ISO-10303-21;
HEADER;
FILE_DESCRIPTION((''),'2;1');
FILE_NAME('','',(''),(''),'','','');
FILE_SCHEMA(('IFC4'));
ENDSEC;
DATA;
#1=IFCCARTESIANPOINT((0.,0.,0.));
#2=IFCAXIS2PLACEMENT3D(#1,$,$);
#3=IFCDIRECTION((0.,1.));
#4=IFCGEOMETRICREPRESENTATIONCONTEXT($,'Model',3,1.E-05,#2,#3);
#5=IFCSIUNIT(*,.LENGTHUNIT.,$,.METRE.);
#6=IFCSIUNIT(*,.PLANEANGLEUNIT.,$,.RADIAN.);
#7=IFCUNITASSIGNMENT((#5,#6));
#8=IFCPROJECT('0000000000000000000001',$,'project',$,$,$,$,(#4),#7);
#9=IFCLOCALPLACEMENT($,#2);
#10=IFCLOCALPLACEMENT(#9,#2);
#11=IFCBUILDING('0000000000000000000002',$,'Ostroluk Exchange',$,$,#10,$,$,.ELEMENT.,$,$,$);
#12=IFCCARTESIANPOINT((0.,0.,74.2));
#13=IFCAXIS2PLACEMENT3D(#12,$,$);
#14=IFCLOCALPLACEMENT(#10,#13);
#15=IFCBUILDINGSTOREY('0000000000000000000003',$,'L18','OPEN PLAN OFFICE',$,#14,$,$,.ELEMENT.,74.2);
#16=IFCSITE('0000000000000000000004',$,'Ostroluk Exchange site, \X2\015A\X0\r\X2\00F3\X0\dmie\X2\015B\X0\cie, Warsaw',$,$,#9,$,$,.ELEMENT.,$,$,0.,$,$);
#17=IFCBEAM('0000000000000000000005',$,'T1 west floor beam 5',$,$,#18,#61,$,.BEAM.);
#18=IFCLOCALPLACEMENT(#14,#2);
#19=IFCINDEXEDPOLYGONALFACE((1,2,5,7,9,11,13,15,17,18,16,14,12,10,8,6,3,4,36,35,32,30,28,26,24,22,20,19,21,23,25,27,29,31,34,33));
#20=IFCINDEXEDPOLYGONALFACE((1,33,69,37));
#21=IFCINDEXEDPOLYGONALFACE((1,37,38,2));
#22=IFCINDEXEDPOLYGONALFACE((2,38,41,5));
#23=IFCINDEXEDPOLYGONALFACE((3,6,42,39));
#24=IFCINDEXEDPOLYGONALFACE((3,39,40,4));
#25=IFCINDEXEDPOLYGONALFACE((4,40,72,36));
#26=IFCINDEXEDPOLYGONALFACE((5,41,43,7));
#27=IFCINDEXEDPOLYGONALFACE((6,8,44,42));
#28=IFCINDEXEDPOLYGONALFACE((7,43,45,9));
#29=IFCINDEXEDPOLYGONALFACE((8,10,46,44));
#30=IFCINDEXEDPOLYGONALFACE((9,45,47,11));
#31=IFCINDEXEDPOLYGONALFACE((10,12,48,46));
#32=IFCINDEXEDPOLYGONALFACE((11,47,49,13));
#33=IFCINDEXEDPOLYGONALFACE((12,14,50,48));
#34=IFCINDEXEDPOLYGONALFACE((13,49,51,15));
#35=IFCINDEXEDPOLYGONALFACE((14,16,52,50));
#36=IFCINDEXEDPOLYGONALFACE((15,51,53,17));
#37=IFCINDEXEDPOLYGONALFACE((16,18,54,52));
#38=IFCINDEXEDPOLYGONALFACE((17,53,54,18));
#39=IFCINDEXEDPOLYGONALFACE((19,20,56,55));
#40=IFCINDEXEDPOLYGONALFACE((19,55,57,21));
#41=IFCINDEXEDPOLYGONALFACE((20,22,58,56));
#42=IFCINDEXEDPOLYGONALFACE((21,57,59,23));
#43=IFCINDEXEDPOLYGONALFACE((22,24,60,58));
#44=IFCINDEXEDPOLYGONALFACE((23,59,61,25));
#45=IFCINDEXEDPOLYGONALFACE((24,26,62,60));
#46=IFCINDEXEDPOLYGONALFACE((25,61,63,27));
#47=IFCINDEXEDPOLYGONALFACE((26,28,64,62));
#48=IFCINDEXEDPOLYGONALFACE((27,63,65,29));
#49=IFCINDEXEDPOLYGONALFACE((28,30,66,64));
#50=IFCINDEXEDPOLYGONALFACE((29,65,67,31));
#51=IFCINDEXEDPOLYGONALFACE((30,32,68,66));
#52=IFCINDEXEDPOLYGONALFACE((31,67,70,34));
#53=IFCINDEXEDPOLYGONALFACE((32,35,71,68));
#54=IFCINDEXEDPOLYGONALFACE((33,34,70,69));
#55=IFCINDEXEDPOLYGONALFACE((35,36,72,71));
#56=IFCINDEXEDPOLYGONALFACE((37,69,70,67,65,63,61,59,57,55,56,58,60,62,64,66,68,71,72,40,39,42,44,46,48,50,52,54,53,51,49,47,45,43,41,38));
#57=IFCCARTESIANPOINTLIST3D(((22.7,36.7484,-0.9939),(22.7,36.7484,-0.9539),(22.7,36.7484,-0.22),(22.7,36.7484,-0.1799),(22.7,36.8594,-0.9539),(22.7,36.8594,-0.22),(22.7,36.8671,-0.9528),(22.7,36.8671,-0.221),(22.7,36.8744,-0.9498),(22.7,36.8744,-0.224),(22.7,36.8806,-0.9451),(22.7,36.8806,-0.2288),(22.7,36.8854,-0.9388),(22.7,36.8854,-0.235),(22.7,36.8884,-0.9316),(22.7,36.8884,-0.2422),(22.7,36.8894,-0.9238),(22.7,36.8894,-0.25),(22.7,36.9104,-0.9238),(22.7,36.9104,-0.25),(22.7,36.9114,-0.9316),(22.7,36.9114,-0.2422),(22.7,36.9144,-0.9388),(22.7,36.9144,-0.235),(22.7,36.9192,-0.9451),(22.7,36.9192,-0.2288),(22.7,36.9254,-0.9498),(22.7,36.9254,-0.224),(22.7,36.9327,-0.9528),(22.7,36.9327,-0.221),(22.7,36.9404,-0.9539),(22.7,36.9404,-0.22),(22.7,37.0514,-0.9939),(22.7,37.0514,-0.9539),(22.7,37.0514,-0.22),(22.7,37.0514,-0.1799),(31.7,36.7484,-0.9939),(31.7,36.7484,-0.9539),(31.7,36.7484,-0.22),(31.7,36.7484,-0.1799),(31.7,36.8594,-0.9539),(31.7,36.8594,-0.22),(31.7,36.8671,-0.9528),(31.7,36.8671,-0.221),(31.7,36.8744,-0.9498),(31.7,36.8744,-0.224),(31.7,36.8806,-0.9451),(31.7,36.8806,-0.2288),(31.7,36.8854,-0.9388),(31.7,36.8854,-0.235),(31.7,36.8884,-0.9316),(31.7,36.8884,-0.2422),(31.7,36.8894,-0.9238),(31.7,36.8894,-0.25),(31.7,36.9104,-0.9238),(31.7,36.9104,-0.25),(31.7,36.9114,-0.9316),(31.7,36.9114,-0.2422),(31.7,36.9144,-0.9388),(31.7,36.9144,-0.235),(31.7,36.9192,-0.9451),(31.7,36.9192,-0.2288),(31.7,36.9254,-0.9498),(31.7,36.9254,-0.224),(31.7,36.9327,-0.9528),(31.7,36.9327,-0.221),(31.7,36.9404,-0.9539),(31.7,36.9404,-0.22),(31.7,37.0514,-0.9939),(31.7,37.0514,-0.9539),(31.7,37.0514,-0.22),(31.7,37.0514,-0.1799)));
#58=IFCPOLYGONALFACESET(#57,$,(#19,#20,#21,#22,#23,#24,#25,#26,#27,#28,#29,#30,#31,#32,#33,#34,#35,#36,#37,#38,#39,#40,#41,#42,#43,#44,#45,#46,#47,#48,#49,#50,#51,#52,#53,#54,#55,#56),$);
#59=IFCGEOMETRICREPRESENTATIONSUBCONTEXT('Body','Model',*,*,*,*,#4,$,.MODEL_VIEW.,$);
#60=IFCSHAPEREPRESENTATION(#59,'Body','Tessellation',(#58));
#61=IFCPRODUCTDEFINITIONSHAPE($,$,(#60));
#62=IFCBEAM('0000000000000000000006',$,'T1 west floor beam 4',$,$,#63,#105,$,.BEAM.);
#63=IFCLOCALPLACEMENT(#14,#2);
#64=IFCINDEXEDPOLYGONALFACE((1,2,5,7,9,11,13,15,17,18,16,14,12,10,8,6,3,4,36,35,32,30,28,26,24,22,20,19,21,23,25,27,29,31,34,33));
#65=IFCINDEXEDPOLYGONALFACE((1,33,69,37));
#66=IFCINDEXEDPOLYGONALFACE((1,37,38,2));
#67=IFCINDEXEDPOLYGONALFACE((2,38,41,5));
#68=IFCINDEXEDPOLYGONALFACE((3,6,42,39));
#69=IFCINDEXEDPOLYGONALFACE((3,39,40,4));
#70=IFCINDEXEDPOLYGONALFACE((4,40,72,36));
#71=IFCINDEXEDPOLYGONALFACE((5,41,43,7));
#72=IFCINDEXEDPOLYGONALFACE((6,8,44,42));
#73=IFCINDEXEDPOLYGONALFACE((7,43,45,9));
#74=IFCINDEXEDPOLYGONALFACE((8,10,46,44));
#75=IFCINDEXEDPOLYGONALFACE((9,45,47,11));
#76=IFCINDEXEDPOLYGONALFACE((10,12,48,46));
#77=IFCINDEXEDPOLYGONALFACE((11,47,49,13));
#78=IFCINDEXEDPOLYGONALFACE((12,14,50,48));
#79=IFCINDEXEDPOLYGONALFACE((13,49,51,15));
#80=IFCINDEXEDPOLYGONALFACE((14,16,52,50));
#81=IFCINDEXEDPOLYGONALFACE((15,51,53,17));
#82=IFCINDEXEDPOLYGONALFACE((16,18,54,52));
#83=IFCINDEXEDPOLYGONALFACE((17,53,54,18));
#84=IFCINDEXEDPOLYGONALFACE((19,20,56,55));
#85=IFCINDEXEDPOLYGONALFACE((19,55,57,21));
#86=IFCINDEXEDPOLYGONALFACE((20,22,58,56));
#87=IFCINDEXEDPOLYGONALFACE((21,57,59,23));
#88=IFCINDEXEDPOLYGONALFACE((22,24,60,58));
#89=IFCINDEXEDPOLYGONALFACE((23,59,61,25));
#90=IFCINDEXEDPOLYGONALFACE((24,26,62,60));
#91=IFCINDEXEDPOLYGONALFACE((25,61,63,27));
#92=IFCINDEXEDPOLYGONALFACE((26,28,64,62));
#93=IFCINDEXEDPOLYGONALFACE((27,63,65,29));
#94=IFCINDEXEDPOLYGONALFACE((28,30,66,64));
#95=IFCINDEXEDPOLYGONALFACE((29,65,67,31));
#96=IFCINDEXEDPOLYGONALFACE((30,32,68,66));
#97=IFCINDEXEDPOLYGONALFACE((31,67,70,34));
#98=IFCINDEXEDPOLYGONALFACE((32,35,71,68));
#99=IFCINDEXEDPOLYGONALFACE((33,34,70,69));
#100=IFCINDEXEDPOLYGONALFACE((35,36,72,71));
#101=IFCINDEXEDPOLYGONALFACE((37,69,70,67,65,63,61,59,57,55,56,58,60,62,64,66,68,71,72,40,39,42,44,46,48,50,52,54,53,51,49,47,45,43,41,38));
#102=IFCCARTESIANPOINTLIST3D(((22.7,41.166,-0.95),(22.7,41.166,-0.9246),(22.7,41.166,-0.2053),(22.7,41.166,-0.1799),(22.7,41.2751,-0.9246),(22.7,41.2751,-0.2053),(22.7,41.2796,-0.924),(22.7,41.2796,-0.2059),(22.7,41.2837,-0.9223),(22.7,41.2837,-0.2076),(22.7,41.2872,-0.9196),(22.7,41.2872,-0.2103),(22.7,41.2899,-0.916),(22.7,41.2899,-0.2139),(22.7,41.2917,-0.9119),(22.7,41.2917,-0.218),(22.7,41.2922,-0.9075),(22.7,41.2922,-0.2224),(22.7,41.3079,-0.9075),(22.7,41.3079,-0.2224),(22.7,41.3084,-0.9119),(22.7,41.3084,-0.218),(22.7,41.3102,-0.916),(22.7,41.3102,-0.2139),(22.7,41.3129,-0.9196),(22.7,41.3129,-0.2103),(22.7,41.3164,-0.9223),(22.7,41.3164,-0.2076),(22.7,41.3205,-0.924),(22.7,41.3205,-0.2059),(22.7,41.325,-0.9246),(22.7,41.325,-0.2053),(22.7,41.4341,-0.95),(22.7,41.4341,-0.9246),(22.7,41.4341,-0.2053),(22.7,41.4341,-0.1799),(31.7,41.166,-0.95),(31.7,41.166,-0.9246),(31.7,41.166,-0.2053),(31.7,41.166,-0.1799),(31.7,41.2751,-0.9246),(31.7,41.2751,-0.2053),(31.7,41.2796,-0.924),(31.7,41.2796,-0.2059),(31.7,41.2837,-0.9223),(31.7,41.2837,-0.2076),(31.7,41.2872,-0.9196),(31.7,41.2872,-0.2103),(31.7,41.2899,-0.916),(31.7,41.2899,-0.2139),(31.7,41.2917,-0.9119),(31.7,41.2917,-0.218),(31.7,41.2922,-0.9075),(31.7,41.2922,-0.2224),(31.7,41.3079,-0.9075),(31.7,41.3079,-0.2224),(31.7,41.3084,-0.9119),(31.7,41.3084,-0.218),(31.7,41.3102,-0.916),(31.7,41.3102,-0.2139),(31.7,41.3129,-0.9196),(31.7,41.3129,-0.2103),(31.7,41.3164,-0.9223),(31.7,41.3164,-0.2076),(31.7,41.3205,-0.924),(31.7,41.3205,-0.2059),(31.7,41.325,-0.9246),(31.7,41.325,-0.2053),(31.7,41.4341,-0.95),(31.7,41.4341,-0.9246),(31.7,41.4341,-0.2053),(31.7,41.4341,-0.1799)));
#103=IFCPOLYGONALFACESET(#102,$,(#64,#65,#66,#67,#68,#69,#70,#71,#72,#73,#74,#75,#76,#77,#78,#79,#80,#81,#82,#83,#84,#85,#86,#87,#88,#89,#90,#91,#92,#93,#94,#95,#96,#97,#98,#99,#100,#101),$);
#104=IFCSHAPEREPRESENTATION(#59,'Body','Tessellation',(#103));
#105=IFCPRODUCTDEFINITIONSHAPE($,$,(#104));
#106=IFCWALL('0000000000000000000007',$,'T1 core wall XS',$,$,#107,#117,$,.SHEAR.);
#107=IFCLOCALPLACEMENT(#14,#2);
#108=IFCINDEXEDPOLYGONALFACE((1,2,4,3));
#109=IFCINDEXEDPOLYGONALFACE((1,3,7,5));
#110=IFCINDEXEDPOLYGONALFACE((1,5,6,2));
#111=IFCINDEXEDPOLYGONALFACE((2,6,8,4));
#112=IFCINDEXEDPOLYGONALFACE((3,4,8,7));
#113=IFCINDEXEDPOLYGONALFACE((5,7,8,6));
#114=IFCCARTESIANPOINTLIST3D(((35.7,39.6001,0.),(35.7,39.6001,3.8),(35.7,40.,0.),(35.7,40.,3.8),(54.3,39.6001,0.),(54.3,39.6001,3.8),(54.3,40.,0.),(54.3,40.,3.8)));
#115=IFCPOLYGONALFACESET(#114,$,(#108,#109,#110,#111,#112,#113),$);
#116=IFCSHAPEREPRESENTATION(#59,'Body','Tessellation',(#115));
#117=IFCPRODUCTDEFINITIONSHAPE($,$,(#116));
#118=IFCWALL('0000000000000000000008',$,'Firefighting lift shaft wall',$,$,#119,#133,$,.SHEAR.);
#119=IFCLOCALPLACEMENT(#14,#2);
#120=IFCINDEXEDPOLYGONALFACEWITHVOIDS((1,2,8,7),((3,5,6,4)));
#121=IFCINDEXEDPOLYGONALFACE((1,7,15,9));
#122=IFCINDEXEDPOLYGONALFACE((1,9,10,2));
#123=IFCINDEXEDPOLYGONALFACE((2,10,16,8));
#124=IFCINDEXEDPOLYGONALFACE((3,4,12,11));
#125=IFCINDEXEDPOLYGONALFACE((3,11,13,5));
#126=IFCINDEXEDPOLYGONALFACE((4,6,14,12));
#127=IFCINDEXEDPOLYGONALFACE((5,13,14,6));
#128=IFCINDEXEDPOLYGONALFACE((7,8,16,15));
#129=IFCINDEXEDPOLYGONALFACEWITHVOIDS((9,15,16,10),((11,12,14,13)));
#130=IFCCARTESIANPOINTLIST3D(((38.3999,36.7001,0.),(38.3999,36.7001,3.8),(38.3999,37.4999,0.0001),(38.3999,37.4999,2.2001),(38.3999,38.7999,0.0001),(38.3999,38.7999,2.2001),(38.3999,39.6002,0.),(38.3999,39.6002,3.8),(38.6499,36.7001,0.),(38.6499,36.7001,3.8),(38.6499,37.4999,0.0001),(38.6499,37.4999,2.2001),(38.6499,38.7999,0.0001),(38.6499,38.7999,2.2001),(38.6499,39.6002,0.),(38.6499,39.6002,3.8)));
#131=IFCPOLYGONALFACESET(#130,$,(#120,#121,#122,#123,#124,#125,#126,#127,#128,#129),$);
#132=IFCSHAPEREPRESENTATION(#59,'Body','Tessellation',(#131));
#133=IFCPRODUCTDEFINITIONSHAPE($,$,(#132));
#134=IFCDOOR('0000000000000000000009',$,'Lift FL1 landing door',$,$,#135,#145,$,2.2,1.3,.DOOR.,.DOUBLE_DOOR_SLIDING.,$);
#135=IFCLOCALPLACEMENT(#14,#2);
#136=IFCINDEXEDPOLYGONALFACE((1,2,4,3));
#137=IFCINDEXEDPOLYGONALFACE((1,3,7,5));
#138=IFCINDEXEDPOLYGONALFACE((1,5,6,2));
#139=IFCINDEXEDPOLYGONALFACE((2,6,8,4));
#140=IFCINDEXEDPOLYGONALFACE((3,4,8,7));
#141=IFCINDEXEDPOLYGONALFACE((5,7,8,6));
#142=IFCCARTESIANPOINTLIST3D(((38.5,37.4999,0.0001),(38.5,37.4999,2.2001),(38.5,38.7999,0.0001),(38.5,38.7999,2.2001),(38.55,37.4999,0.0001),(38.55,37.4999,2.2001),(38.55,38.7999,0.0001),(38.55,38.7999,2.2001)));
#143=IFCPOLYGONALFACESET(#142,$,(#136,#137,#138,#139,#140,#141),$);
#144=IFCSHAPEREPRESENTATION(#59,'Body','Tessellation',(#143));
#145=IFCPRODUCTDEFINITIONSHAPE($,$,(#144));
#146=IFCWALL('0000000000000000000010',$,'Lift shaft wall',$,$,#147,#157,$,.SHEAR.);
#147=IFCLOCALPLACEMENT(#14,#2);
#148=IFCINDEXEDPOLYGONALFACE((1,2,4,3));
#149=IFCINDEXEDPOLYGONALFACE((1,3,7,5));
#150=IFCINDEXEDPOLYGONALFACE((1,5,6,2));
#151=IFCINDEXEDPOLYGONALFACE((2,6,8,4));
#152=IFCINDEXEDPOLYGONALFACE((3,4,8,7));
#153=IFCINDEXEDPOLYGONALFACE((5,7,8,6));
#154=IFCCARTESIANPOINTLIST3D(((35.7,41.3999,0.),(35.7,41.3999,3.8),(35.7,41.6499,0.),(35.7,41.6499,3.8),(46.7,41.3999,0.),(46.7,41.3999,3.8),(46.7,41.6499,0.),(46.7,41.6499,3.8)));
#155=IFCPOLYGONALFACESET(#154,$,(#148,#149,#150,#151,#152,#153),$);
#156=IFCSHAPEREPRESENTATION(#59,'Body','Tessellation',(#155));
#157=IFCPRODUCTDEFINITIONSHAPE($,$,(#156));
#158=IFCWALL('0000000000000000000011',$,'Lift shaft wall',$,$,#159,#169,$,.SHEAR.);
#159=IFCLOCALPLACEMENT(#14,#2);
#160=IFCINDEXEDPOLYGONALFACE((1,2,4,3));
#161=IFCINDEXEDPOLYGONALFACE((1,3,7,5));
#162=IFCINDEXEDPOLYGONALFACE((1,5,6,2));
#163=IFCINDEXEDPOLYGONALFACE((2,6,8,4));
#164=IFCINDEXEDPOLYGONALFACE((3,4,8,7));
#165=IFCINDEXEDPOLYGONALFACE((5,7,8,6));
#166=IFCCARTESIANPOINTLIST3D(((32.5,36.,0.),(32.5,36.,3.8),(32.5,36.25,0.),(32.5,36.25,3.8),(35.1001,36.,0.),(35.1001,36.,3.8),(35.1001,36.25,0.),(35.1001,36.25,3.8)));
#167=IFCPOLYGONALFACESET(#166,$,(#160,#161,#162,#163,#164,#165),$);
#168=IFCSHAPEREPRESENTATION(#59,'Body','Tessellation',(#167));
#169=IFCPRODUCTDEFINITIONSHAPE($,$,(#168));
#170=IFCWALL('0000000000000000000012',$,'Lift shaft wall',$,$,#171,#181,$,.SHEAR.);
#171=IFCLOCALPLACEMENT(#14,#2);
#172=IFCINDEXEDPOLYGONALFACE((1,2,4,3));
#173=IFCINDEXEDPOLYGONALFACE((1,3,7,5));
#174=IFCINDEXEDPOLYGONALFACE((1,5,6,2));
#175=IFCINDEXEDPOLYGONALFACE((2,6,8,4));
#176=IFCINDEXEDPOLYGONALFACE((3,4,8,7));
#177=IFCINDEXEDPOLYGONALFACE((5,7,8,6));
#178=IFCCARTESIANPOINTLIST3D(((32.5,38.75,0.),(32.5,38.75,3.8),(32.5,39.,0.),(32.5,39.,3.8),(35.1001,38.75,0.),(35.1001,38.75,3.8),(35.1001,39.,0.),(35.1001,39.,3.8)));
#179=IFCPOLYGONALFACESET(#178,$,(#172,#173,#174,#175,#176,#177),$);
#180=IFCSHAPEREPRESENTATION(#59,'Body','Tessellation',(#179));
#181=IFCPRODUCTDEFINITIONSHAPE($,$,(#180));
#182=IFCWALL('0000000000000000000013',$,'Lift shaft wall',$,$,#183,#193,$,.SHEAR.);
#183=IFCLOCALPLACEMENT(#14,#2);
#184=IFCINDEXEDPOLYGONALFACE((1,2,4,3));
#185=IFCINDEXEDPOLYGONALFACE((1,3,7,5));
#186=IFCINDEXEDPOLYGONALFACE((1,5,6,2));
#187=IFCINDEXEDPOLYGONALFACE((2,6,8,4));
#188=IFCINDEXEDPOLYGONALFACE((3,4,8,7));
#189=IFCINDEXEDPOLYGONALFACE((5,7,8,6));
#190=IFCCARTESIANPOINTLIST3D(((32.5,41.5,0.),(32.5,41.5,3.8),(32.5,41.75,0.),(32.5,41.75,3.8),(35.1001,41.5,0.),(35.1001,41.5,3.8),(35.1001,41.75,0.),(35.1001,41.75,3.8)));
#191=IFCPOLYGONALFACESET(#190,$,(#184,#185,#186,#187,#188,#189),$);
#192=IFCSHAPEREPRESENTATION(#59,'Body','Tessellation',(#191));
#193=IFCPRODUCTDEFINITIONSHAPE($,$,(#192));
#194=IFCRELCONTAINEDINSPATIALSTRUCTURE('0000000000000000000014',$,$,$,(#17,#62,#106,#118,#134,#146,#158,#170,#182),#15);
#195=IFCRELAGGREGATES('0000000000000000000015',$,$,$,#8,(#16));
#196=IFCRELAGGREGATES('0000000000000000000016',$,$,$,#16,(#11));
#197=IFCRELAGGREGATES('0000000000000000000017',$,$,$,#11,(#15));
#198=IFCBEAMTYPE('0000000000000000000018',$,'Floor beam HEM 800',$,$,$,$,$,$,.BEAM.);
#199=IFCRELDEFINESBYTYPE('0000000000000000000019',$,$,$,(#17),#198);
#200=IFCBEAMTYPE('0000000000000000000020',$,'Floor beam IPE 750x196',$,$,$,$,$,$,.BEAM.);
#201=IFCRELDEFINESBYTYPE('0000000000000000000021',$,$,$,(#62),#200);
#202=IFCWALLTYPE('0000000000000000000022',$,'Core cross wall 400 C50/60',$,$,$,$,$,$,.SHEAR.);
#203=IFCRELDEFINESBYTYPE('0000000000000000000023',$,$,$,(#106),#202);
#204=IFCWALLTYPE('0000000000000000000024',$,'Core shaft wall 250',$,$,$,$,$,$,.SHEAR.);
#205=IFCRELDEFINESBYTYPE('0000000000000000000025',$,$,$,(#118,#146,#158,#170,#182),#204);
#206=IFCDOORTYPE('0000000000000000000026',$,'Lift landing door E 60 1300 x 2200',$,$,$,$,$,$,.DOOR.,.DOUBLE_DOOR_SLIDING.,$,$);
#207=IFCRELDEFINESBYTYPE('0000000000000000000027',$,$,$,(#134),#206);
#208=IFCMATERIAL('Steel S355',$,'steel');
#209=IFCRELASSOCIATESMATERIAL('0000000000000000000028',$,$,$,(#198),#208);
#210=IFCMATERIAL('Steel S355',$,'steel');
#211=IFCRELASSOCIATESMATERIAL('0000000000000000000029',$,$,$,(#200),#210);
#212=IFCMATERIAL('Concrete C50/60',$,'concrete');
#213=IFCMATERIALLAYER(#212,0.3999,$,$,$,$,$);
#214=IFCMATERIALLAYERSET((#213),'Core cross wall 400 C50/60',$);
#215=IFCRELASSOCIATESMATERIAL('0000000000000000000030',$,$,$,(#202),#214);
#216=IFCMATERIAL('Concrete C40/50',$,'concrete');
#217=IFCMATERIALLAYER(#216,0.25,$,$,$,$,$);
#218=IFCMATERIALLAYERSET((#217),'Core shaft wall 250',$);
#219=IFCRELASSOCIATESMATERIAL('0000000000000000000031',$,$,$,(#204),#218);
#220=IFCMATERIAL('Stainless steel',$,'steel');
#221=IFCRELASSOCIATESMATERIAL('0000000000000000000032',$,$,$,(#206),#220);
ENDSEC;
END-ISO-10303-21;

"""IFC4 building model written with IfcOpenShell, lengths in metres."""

from ifc_helpers import new_model, si_unit, direction, frame, frame_2d, origin, origin_2d, place, context, subcontext, project, spatial, rectangle, i_section, extrude, material, layer, layer_set, material_profile, profile_set, type_object, element, fill, save


model = new_model("IFC4")

# Units and contexts
model_context = context("Model", 3, precision=1e-05, world=origin(), true_north=direction((0.0, 1.0)))
body_context = subcontext(model_context, "Body", "Model", "MODEL_VIEW")
ifc_project = project(units=[si_unit("LENGTHUNIT", "METRE"), si_unit("PLANEANGLEUNIT", "RADIAN")], contexts=[model_context])

# Site, building, storey
site_placement = place(None, origin())
site = spatial("IfcSite", under=ifc_project, at=site_placement, Name="Ostroluk Exchange site, Śródmieście, Warsaw", CompositionType="ELEMENT", RefElevation=0.0)
building_placement = place(site_placement, origin())
building = spatial("IfcBuilding", under=site, at=building_placement, Name="Ostroluk Exchange", CompositionType="ELEMENT")
storey_placement = place(building_placement, frame((0.0, 0.0, 74.2)))
storey = spatial("IfcBuildingStorey", under=building, at=storey_placement, Name="L18", Description="OPEN PLAN OFFICE", CompositionType="ELEMENT", Elevation=74.2)

# Beams
ifc_material_1 = material(Name="Steel S355", Category="steel")
ifc_material_profile_1 = material_profile(ifc_material_1, i_section(OverallWidth=0.303, OverallDepth=0.814, WebThickness=0.021, FlangeThickness=0.04, FilletRadius=0.03, at=origin_2d()), Name="HEM 800")
ifc_profile_set_1 = profile_set([ifc_material_profile_1], Name="Steel S355")
beam_type_1 = type_object("IfcBeamType", Name="Floor beam HEM 800", PredefinedType="BEAM", material=ifc_profile_set_1)
beam_1_placement = place(storey_placement, frame((31.7, 36.8999, -0.5869), z_axis=(-1.0, 0.0, 0.0), x_axis=(0.0, -1.0, 0.0)))
element("IfcBeam", 1, at=beam_1_placement, inside=storey, type_object=beam_type_1, Name="T1 west floor beam 5", PredefinedType="BEAM", context=body_context, shape_type="SweptSolid", body=[
    extrude(i_section(OverallWidth=0.303, OverallDepth=0.814, WebThickness=0.021, FlangeThickness=0.04, FilletRadius=0.03, at=origin_2d()), origin(), (0.0, 0.0, 1.0), 9.0),
])
ifc_material_2 = material(Name="Steel S355", Category="steel")
ifc_material_profile_2 = material_profile(ifc_material_2, i_section(OverallWidth=0.2681, OverallDepth=0.77, WebThickness=0.0156, FlangeThickness=0.0254, FilletRadius=0.0171, at=origin_2d()), Name="IPE 750x196")
ifc_profile_set_2 = profile_set([ifc_material_profile_2], Name="Steel S355")
beam_type_2 = type_object("IfcBeamType", Name="Floor beam IPE 750x196", PredefinedType="BEAM", material=ifc_profile_set_2)
beam_2_placement = place(storey_placement, frame((31.7, 41.3, -0.5649), z_axis=(-1.0, 0.0, 0.0), x_axis=(0.0, -1.0, 0.0)))
element("IfcBeam", 2, at=beam_2_placement, inside=storey, type_object=beam_type_2, Name="T1 west floor beam 4", PredefinedType="BEAM", context=body_context, shape_type="SweptSolid", body=[
    extrude(i_section(OverallWidth=0.2681, OverallDepth=0.77, WebThickness=0.0156, FlangeThickness=0.0254, FilletRadius=0.0171, at=origin_2d()), origin(), (0.0, 0.0, 1.0), 9.0),
])

# Wall
ifc_material_3 = material(Name="Concrete C50/60", Category="concrete")
ifc_layer_1 = layer(ifc_material_3, 0.3999)
ifc_layer_set_1 = layer_set([ifc_layer_1], Name="Core cross wall 400 C50/60")
wall_type_1 = type_object("IfcWallType", Name="Core cross wall 400 C50/60", PredefinedType="SHEAR", material=ifc_layer_set_1)
wall_1_placement = place(storey_placement, frame((35.7, 39.8, 0.0), z_axis=(0.0, 0.0, 1.0), x_axis=(1.0, 0.0, 0.0)))
element("IfcWall", 3, at=wall_1_placement, inside=storey, type_object=wall_type_1, Name="T1 core wall XS", PredefinedType="SHEAR", context=body_context, shape_type="SweptSolid", body=[
    extrude(rectangle(XDim=18.6001, YDim=0.3999, at=frame_2d((9.3, 0.0))), origin(), (0.0, 0.0, 1.0), 3.8),
])

# Wall, opening, door
ifc_material_4 = material(Name="Concrete C40/50", Category="concrete")
ifc_layer_2 = layer(ifc_material_4, 0.25)
ifc_layer_set_2 = layer_set([ifc_layer_2], Name="Core shaft wall 250")
wall_type_2 = type_object("IfcWallType", Name="Core shaft wall 250", PredefinedType="SHEAR", material=ifc_layer_set_2)
wall_2_placement = place(storey_placement, frame((38.5249, 36.7, 0.0), z_axis=(0.0, 0.0, 1.0), x_axis=(0.0, 1.0, 0.0)))
wall_2 = element("IfcWall", 4, at=wall_2_placement, inside=storey, type_object=wall_type_2, Name="Firefighting lift shaft wall", PredefinedType="SHEAR", context=body_context, shape_type="SweptSolid", body=[
    extrude(rectangle(XDim=2.9001, YDim=0.25, at=frame_2d((1.4502, 0.0))), origin(), (0.0, 0.0, 1.0), 3.8),
])
opening_1_placement = place(wall_2_placement, frame((0.8, 0.0, 0.0)))
opening_1 = element("IfcOpeningElement", 5, at=opening_1_placement, cuts=wall_2, PredefinedType="OPENING", context=body_context, shape_type="SweptSolid", body=[
    extrude(rectangle(XDim=1.3, YDim=2.2, at=frame_2d((0.6499, 1.1001))), frame((0.0, 0.135, 0.0), z_axis=(0.0, -1.0, 0.0), x_axis=(1.0, 0.0, 0.0)), (0.0, 0.0, 1.0), 0.27),
])
ifc_material_5 = material(Name="Stainless steel", Category="steel")
door_type_1 = type_object("IfcDoorType", Name="Lift landing door E 60 1300 x 2200", OperationType="DOUBLE_DOOR_SLIDING", PredefinedType="DOOR", material=ifc_material_5)
door_1_placement = place(opening_1_placement, origin())
door_1 = element("IfcDoor", 6, at=door_1_placement, inside=storey, type_object=door_type_1, Name="Lift FL1 landing door", OperationType="DOUBLE_DOOR_SLIDING", OverallHeight=2.2, OverallWidth=1.3, PredefinedType="DOOR", context=body_context, shape_type="SweptSolid", body=[
    extrude(rectangle(XDim=1.3, YDim=2.2, at=frame_2d((0.6499, 1.1001))), frame((0.0, 0.0249, 0.0), z_axis=(0.0, -1.0, 0.0), x_axis=(1.0, 0.0, 0.0)), (0.0, 0.0, 1.0), 0.05),
])
fill(opening_1, door_1)

# Walls
wall_3_placement = place(storey_placement, frame((35.7, 41.5249, 0.0), z_axis=(0.0, 0.0, 1.0), x_axis=(1.0, 0.0, 0.0)))
element("IfcWall", 7, at=wall_3_placement, inside=storey, type_object=wall_type_2, Name="Lift shaft wall", PredefinedType="SHEAR", context=body_context, shape_type="SweptSolid", body=[
    extrude(rectangle(XDim=11.0, YDim=0.25, at=frame_2d((5.5, 0.0))), origin(), (0.0, 0.0, 1.0), 3.8),
])
for number, where, z_axis, x_axis, name in (
    (8, (32.5, 36.125, 0.0), (0.0, 0.0, 1.0), (1.0, 0.0, 0.0), "Lift shaft wall"),
    (9, (32.5, 38.875, 0.0), (0.0, 0.0, 1.0), (1.0, 0.0, 0.0), "Lift shaft wall"),
    (10, (32.5, 41.625, 0.0), (0.0, 0.0, 1.0), (1.0, 0.0, 0.0), "Lift shaft wall"),
):
    element("IfcWall", number, at=place(storey_placement, frame(where, z_axis=z_axis, x_axis=x_axis)), inside=storey, type_object=wall_type_2, Name=name, PredefinedType="SHEAR", context=body_context, shape_type="SweptSolid", body=[
        extrude(rectangle(XDim=2.6001, YDim=0.25, at=frame_2d((1.3, 0.0))), origin(), (0.0, 0.0, 1.0), 3.8),
    ])

save(model, "model.ifc")
